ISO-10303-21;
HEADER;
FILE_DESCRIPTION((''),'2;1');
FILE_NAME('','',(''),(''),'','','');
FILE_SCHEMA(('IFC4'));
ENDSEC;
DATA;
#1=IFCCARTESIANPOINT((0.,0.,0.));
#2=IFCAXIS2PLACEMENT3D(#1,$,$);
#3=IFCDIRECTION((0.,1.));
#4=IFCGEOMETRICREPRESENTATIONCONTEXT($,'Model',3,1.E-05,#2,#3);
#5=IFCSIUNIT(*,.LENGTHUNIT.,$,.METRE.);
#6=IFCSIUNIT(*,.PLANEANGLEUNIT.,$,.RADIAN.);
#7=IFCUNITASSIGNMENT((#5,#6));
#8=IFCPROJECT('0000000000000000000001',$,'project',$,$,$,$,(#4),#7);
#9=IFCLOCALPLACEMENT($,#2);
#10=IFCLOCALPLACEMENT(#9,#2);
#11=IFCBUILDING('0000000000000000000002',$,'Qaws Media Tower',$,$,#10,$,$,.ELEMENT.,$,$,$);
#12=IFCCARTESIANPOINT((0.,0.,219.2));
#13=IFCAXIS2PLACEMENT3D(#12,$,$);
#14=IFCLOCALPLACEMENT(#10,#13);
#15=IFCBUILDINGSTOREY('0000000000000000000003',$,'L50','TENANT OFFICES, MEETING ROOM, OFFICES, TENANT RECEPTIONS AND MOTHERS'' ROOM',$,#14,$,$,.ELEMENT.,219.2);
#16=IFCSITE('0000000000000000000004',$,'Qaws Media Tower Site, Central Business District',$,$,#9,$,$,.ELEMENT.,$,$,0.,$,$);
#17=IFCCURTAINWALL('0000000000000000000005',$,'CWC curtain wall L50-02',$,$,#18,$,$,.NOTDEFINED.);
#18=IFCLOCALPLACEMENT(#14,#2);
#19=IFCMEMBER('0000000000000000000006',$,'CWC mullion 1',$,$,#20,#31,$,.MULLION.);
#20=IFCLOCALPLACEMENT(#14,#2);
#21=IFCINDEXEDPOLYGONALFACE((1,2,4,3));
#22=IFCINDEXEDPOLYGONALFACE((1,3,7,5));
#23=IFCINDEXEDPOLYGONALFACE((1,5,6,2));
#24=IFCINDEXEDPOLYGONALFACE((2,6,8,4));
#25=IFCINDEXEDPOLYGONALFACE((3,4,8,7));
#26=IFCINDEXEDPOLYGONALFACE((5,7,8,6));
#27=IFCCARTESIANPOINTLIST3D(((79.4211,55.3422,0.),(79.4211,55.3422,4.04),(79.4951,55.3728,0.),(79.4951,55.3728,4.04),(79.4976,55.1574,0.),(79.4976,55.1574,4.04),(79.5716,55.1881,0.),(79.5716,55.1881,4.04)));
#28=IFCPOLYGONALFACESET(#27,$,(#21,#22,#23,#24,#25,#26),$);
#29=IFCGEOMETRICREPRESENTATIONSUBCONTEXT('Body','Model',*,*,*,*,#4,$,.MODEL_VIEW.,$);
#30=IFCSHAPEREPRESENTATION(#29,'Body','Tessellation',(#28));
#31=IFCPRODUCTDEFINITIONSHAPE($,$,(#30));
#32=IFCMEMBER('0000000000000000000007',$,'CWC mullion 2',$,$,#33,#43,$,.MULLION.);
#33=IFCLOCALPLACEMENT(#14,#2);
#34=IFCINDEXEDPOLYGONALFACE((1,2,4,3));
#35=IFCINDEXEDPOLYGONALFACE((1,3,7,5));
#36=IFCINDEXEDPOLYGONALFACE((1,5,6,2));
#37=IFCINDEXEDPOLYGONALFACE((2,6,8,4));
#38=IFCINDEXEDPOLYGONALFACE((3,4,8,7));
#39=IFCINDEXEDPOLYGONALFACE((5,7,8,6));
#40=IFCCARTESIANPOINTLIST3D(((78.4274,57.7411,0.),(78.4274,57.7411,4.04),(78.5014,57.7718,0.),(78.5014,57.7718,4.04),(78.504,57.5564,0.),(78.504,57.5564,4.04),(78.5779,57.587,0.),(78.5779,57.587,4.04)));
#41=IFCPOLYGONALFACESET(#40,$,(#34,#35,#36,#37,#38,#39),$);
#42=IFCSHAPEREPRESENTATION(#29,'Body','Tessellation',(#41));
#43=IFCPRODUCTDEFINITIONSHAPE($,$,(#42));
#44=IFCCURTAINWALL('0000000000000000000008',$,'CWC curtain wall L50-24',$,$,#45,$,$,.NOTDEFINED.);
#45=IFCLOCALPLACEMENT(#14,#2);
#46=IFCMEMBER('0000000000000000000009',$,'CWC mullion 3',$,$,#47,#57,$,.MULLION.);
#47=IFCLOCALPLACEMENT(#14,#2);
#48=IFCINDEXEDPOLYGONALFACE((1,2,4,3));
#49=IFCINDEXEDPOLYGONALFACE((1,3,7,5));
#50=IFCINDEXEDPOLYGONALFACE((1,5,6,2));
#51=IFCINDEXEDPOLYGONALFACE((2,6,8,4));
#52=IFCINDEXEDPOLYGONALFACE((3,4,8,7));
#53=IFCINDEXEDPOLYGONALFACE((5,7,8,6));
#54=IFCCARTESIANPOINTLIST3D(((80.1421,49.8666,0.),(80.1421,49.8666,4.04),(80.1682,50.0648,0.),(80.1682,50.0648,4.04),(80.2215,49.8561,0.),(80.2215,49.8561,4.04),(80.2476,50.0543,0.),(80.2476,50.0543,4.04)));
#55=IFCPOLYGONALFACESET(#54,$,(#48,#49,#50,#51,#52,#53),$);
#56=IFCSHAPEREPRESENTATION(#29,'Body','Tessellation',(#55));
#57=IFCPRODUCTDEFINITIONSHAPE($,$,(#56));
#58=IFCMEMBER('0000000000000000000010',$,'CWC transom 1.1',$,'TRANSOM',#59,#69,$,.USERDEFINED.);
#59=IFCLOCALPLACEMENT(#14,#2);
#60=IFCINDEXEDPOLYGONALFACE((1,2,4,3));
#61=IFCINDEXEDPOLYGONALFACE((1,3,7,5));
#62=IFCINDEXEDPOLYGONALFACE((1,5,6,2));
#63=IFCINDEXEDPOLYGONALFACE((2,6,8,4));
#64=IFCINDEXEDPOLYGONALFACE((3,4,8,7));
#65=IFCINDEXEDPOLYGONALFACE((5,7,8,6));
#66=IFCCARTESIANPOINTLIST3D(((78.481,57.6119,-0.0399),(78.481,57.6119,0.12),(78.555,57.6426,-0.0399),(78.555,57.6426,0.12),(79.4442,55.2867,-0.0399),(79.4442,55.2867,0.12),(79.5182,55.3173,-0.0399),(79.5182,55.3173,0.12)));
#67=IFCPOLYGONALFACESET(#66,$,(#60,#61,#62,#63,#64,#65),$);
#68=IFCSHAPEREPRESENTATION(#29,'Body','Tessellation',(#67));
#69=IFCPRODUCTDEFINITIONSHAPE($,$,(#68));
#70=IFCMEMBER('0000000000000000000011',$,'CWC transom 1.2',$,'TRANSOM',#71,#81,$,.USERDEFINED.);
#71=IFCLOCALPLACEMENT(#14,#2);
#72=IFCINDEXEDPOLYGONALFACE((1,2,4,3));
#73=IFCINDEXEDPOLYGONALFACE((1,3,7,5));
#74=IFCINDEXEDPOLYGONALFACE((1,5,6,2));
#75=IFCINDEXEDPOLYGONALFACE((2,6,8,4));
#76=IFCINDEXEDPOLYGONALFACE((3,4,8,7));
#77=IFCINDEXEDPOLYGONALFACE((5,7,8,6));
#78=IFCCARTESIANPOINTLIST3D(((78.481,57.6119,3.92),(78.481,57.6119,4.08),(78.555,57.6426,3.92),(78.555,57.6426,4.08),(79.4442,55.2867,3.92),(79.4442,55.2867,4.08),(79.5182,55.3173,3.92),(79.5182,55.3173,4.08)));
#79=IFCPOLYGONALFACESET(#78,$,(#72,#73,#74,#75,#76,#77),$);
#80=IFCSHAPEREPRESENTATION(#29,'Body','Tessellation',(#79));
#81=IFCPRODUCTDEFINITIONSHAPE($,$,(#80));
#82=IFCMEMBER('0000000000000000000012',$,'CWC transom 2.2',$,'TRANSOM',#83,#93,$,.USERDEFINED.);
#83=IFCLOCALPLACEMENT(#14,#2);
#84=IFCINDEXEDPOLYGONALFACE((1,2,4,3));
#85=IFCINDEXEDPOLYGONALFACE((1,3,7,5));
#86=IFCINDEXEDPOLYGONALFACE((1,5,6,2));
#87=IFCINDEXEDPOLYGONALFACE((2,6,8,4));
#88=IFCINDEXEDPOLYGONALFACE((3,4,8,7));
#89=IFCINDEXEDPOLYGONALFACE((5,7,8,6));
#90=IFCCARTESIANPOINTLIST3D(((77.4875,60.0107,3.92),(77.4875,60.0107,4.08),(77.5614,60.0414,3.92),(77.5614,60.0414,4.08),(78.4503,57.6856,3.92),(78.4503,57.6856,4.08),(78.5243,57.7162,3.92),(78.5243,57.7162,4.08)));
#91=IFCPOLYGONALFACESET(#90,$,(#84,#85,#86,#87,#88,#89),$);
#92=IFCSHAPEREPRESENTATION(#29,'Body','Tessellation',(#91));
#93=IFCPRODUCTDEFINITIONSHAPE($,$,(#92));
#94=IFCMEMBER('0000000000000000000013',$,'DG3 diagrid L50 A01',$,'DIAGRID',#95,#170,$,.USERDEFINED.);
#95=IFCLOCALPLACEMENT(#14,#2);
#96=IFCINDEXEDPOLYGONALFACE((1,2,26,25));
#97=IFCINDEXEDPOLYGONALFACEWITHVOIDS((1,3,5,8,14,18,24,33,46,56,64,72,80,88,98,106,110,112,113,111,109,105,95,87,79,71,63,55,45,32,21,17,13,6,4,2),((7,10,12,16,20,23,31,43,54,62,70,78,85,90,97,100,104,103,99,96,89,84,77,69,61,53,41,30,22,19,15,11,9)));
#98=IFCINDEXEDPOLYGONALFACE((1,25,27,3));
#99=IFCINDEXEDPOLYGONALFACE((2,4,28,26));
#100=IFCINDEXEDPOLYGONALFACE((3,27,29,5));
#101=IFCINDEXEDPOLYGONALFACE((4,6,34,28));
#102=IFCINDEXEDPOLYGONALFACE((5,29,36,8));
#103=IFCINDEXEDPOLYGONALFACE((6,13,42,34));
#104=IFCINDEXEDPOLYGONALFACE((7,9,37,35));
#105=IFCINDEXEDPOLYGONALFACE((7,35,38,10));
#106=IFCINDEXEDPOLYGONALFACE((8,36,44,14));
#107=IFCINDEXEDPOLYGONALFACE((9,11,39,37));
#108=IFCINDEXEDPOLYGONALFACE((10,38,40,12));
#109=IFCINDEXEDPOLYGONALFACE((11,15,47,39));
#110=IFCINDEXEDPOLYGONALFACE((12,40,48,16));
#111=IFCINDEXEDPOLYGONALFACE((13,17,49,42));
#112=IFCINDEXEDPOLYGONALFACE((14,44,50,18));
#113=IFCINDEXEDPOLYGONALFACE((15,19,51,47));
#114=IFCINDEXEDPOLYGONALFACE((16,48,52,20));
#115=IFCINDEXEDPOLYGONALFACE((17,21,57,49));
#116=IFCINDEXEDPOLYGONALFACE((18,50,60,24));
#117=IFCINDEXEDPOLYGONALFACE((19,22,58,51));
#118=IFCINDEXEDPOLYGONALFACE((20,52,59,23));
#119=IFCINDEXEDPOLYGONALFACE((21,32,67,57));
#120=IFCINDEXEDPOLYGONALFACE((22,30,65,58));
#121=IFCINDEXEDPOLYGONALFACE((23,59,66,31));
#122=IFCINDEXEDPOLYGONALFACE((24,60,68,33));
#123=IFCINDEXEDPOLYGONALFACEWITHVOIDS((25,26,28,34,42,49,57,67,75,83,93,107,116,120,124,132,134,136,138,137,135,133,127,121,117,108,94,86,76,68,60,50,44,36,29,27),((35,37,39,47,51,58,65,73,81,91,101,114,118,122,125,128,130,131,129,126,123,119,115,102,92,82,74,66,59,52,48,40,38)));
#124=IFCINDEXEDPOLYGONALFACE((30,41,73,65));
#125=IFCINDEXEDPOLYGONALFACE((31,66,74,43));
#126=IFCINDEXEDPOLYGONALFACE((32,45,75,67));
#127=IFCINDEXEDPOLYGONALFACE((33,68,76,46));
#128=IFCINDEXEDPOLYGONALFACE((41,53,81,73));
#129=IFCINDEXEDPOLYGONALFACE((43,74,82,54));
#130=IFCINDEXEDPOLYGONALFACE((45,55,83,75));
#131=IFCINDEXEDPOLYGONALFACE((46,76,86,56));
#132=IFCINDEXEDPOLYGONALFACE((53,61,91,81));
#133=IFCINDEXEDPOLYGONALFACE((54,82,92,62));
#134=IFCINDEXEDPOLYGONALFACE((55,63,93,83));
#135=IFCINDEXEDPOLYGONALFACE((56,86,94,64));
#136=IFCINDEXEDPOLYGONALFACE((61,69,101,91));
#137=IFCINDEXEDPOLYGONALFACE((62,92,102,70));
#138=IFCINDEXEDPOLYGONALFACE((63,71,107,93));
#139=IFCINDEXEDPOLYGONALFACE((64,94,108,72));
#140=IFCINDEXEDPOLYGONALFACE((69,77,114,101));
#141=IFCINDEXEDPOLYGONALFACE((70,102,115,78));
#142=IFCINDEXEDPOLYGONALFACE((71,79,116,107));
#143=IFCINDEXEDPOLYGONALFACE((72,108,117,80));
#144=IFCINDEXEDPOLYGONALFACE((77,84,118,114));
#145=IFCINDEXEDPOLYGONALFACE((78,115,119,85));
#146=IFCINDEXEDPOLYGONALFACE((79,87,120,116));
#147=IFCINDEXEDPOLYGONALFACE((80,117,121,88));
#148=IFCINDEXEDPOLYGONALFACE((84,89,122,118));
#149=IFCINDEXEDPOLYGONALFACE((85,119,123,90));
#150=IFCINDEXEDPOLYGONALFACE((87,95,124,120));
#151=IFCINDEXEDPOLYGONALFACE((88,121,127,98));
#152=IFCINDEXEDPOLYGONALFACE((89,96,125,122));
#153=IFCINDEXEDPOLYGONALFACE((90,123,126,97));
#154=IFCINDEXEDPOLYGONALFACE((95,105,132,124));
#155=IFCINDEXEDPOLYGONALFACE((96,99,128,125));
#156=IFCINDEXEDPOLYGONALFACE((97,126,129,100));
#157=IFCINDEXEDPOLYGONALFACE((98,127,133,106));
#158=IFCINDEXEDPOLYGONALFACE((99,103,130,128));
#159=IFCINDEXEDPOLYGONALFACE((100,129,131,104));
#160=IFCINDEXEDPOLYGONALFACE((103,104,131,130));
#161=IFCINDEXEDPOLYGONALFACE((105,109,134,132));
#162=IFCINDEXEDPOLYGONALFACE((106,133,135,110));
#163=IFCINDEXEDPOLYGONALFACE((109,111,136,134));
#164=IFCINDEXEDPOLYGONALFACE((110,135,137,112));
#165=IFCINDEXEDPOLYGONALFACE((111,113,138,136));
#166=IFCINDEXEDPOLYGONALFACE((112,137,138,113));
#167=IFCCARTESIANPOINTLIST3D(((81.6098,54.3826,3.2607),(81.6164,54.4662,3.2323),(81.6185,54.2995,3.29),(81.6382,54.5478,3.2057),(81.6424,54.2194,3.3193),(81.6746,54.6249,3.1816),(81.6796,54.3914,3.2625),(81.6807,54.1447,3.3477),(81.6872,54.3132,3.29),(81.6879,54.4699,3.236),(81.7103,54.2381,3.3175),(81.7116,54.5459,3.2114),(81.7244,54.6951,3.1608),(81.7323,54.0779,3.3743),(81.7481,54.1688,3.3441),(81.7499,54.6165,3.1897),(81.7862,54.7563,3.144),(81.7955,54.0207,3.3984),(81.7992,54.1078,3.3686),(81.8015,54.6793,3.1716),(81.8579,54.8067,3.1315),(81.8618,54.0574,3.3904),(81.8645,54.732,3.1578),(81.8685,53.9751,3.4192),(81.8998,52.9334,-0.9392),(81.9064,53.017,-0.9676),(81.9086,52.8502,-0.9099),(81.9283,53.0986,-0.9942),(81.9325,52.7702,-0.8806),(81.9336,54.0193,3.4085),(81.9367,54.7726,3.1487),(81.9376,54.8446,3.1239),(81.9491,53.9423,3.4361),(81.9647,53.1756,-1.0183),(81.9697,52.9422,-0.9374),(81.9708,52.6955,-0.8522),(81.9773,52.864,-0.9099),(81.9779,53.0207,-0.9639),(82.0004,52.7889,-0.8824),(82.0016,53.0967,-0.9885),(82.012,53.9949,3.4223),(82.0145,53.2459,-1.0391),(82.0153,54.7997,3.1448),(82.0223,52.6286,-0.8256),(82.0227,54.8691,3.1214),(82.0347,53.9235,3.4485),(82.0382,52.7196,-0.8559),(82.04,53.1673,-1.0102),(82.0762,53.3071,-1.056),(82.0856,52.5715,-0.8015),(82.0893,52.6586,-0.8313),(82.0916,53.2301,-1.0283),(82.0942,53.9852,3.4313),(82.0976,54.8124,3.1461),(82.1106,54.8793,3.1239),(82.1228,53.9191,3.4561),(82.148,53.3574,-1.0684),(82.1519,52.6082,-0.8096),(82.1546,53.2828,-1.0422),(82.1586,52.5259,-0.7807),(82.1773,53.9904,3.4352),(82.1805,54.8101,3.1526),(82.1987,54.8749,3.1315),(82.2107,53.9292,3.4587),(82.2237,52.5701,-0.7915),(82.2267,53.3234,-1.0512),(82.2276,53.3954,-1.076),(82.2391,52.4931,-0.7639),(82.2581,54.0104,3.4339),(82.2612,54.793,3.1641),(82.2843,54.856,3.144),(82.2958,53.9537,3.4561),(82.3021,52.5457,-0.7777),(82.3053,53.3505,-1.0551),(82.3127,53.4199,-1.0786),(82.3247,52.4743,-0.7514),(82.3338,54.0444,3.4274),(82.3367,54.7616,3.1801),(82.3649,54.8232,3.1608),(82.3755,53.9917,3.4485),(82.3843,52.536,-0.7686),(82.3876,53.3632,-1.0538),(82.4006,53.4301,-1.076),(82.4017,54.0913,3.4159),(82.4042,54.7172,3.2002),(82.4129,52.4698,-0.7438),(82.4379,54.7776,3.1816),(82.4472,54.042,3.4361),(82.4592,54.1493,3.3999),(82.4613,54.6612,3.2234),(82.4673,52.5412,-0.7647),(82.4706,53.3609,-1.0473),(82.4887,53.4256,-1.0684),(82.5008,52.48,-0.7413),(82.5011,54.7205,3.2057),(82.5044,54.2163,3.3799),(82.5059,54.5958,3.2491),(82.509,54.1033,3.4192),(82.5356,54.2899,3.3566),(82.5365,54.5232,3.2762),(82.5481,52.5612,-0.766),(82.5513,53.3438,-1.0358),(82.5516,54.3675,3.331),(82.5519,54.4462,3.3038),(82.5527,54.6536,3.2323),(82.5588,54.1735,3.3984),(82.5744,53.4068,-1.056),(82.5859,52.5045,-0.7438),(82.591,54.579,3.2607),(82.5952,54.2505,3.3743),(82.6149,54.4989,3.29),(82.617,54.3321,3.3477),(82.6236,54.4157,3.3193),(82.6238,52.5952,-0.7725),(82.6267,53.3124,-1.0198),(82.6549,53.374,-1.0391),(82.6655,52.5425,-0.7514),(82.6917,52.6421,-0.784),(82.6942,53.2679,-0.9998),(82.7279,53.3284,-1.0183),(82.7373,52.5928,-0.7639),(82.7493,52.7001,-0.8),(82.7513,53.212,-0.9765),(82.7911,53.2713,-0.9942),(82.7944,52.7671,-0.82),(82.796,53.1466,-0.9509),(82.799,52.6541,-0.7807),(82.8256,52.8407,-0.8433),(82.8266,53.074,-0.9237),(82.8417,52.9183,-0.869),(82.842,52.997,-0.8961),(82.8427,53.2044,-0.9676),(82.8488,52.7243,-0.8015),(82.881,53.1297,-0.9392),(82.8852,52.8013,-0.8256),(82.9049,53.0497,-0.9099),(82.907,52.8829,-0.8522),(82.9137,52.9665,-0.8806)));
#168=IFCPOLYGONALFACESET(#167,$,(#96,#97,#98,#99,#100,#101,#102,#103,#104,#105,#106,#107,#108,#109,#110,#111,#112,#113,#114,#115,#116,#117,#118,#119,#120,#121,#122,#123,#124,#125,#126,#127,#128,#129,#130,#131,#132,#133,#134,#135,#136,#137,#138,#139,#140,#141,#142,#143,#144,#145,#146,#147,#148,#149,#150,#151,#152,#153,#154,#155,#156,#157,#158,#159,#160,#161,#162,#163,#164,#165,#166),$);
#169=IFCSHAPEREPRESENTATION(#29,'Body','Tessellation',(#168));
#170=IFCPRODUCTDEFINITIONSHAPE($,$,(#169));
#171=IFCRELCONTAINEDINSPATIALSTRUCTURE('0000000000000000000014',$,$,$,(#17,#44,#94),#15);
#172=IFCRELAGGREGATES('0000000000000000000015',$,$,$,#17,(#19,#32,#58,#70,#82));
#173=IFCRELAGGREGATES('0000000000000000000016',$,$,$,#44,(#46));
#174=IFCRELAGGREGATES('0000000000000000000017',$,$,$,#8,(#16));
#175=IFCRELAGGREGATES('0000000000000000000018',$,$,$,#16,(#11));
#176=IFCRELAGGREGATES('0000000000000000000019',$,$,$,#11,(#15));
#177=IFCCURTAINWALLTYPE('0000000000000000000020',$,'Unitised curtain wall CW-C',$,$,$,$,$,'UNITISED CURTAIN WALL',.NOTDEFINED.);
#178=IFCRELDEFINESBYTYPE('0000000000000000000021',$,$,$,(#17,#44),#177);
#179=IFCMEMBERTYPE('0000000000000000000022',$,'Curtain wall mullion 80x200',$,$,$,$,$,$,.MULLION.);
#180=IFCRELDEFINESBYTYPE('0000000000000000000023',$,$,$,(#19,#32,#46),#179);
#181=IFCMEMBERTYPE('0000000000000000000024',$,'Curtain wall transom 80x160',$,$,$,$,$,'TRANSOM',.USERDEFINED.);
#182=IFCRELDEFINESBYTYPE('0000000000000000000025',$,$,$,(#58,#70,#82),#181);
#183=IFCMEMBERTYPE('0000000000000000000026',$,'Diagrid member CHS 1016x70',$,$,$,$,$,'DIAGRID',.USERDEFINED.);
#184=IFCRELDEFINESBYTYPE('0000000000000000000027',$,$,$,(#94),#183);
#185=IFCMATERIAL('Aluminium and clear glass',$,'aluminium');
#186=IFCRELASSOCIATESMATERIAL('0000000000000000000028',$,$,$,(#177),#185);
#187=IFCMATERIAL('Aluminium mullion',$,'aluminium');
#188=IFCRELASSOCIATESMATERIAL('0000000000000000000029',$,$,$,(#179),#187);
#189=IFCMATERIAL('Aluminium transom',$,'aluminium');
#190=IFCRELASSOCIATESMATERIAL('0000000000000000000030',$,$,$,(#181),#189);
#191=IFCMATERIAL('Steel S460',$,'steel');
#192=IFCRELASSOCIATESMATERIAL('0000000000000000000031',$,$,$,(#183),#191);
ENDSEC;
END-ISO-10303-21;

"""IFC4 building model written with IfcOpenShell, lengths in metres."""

from ifc_helpers import new_model, si_unit, direction, frame, origin, origin_2d, place, context, subcontext, project, spatial, rectangle, hollow_circle, extrude, material, material_profile, profile_set, type_object, element, aggregate, save


model = new_model("IFC4")

# Units and contexts
model_context = context("Model", 3, precision=1e-05, world=origin(), true_north=direction((0.0, 1.0)))
body_context = subcontext(model_context, "Body", "Model", "MODEL_VIEW")
ifc_project = project(units=[si_unit("LENGTHUNIT", "METRE"), si_unit("PLANEANGLEUNIT", "RADIAN")], contexts=[model_context])

# Site, building, storey
site_placement = place(None, origin())
site = spatial("IfcSite", under=ifc_project, at=site_placement, Name="Qaws Media Tower Site, Central Business District", CompositionType="ELEMENT", RefElevation=0.0)
building_placement = place(site_placement, origin())
building = spatial("IfcBuilding", under=site, at=building_placement, Name="Qaws Media Tower", CompositionType="ELEMENT")
storey_placement = place(building_placement, frame((0.0, 0.0, 219.2)))
storey = spatial("IfcBuildingStorey", under=building, at=storey_placement, Name="L50", Description="TENANT OFFICES, MEETING ROOM, OFFICES, TENANT RECEPTIONS AND MOTHERS' ROOM", CompositionType="ELEMENT", Elevation=219.2)

# Curtain wall, members
ifc_material_1 = material(Name="Aluminium and clear glass", Category="aluminium")
curtain_wall_type = type_object("IfcCurtainWallType", Name="Unitised curtain wall CW-C", ElementType="UNITISED CURTAIN WALL", PredefinedType="NOTDEFINED", material=ifc_material_1)
curtain_wall_1_placement = place(storey_placement, origin())
curtain_wall_1 = element("IfcCurtainWall", 1, at=curtain_wall_1_placement, inside=storey, type_object=curtain_wall_type, Name="CWC curtain wall L50-02", PredefinedType="NOTDEFINED")
ifc_material_2 = material(Name="Aluminium mullion", Category="aluminium")
ifc_material_profile_1 = material_profile(ifc_material_2, rectangle(XDim=0.0801, YDim=0.2, at=origin_2d()), Name="80x200")
ifc_profile_set_1 = profile_set([ifc_material_profile_1], Name="Aluminium mullion")
member_type_1 = type_object("IfcMemberType", Name="Curtain wall mullion 80x200", PredefinedType="MULLION", material=ifc_profile_set_1)
member_1_placement = place(storey_placement, frame((79.4963, 55.2651, 0.0), z_axis=(0.0, 0.0, 1.0), x_axis=(-0.923879, -0.382684, 0.0)))
member_1 = element("IfcMember", 2, at=member_1_placement, type_object=member_type_1, Name="CWC mullion 1", PredefinedType="MULLION", context=body_context, shape_type="SweptSolid", body=[
    extrude(rectangle(XDim=0.0801, YDim=0.2, at=origin_2d()), origin(), (0.0, 0.0, 1.0), 4.04),
])
member_2_placement = place(storey_placement, frame((78.5027, 57.6641, 0.0), z_axis=(0.0, 0.0, 1.0), x_axis=(-0.923879, -0.382684, 0.0)))
member_2 = element("IfcMember", 3, at=member_2_placement, type_object=member_type_1, Name="CWC mullion 2", PredefinedType="MULLION", context=body_context, shape_type="SweptSolid", body=[
    extrude(rectangle(XDim=0.0801, YDim=0.2, at=origin_2d()), origin(), (0.0, 0.0, 1.0), 4.04),
])

# Curtain wall, member
curtain_wall_2_placement = place(storey_placement, origin())
curtain_wall_2 = element("IfcCurtainWall", 4, at=curtain_wall_2_placement, inside=storey, type_object=curtain_wall_type, Name="CWC curtain wall L50-24", PredefinedType="NOTDEFINED")
member_3_placement = place(storey_placement, frame((80.1948, 49.9604, 0.0), z_axis=(0.0, 0.0, 1.0), x_axis=(-0.991445, 0.130526, 0.0)))
member_3 = element("IfcMember", 5, at=member_3_placement, type_object=member_type_1, Name="CWC mullion 3", PredefinedType="MULLION", context=body_context, shape_type="SweptSolid", body=[
    extrude(rectangle(XDim=0.0801, YDim=0.2, at=origin_2d()), origin(), (0.0, 0.0, 1.0), 4.04),
])

# Members
ifc_material_3 = material(Name="Aluminium transom", Category="aluminium")
ifc_material_profile_2 = material_profile(ifc_material_3, rectangle(XDim=0.0801, YDim=0.1599, at=origin_2d()), Name="80x160")
ifc_profile_set_2 = profile_set([ifc_material_profile_2], Name="Aluminium transom")
member_type_2 = type_object("IfcMemberType", Name="Curtain wall transom 80x160", ElementType="TRANSOM", PredefinedType="USERDEFINED", material=ifc_profile_set_2)
member_4_placement = place(storey_placement, frame((79.4812, 55.302, 0.04), z_axis=(-0.382686, 0.923879, 0.0), x_axis=(-0.923879, -0.382686, 0.0)))
member_4 = element("IfcMember", 6, at=member_4_placement, type_object=member_type_2, Name="CWC transom 1.1", ObjectType="TRANSOM", PredefinedType="USERDEFINED", context=body_context, shape_type="SweptSolid", body=[
    extrude(rectangle(XDim=0.0801, YDim=0.1599, at=origin_2d()), origin(), (0.0, 0.0, 1.0), 2.5168),
])
member_5_placement = place(storey_placement, frame((79.4812, 55.302, 4.0), z_axis=(-0.382686, 0.923879, 0.0), x_axis=(-0.923879, -0.382686, 0.0)))
member_5 = element("IfcMember", 7, at=member_5_placement, type_object=member_type_2, Name="CWC transom 1.2", ObjectType="TRANSOM", PredefinedType="USERDEFINED", context=body_context, shape_type="SweptSolid", body=[
    extrude(rectangle(XDim=0.0801, YDim=0.1599, at=origin_2d()), origin(), (0.0, 0.0, 1.0), 2.5168),
])
member_6_placement = place(storey_placement, frame((78.4873, 57.7009, 4.0), z_axis=(-0.382603, 0.923913, 0.0), x_axis=(-0.923913, -0.382603, 0.0)))
member_6 = element("IfcMember", 8, at=member_6_placement, type_object=member_type_2, Name="CWC transom 2.2", ObjectType="TRANSOM", PredefinedType="USERDEFINED", context=body_context, shape_type="SweptSolid", body=[
    extrude(rectangle(XDim=0.0801, YDim=0.1599, at=origin_2d()), origin(), (0.0, 0.0, 1.0), 2.5166),
])

# Member
ifc_material_4 = material(Name="Steel S460", Category="steel")
ifc_material_profile_3 = material_profile(ifc_material_4, hollow_circle(Radius=0.5081, WallThickness=0.0701, at=origin_2d()), Name="CHS 1016x70")
ifc_profile_set_3 = profile_set([ifc_material_profile_3], Name="Steel S460")
member_type_3 = type_object("IfcMemberType", Name="Diagrid member CHS 1016x70", ElementType="DIAGRID", PredefinedType="USERDEFINED", material=ifc_profile_set_3)
for number, where, z_axis, x_axis, name in (
    (9, (82.4067, 52.95, -0.9099), (-0.065142, 0.325491, 0.943299), (-0.980555, -0.196243, 0.0), "DG3 diagrid L50 A01"),
):
    element("IfcMember", number, at=place(storey_placement, frame(where, z_axis=z_axis, x_axis=x_axis)), inside=storey, type_object=member_type_3, Name=name, ObjectType="DIAGRID", PredefinedType="USERDEFINED", context=body_context, shape_type="SweptSolid", body=[
        extrude(hollow_circle(Radius=0.5081, WallThickness=0.0701, at=origin_2d()), origin(), (0.0, 0.0, 1.0), 4.4524),
    ])

aggregate(curtain_wall_1, [member_1, member_2, member_4, member_5, member_6])
aggregate(curtain_wall_2, [member_3])

save(model, "model.ifc")
